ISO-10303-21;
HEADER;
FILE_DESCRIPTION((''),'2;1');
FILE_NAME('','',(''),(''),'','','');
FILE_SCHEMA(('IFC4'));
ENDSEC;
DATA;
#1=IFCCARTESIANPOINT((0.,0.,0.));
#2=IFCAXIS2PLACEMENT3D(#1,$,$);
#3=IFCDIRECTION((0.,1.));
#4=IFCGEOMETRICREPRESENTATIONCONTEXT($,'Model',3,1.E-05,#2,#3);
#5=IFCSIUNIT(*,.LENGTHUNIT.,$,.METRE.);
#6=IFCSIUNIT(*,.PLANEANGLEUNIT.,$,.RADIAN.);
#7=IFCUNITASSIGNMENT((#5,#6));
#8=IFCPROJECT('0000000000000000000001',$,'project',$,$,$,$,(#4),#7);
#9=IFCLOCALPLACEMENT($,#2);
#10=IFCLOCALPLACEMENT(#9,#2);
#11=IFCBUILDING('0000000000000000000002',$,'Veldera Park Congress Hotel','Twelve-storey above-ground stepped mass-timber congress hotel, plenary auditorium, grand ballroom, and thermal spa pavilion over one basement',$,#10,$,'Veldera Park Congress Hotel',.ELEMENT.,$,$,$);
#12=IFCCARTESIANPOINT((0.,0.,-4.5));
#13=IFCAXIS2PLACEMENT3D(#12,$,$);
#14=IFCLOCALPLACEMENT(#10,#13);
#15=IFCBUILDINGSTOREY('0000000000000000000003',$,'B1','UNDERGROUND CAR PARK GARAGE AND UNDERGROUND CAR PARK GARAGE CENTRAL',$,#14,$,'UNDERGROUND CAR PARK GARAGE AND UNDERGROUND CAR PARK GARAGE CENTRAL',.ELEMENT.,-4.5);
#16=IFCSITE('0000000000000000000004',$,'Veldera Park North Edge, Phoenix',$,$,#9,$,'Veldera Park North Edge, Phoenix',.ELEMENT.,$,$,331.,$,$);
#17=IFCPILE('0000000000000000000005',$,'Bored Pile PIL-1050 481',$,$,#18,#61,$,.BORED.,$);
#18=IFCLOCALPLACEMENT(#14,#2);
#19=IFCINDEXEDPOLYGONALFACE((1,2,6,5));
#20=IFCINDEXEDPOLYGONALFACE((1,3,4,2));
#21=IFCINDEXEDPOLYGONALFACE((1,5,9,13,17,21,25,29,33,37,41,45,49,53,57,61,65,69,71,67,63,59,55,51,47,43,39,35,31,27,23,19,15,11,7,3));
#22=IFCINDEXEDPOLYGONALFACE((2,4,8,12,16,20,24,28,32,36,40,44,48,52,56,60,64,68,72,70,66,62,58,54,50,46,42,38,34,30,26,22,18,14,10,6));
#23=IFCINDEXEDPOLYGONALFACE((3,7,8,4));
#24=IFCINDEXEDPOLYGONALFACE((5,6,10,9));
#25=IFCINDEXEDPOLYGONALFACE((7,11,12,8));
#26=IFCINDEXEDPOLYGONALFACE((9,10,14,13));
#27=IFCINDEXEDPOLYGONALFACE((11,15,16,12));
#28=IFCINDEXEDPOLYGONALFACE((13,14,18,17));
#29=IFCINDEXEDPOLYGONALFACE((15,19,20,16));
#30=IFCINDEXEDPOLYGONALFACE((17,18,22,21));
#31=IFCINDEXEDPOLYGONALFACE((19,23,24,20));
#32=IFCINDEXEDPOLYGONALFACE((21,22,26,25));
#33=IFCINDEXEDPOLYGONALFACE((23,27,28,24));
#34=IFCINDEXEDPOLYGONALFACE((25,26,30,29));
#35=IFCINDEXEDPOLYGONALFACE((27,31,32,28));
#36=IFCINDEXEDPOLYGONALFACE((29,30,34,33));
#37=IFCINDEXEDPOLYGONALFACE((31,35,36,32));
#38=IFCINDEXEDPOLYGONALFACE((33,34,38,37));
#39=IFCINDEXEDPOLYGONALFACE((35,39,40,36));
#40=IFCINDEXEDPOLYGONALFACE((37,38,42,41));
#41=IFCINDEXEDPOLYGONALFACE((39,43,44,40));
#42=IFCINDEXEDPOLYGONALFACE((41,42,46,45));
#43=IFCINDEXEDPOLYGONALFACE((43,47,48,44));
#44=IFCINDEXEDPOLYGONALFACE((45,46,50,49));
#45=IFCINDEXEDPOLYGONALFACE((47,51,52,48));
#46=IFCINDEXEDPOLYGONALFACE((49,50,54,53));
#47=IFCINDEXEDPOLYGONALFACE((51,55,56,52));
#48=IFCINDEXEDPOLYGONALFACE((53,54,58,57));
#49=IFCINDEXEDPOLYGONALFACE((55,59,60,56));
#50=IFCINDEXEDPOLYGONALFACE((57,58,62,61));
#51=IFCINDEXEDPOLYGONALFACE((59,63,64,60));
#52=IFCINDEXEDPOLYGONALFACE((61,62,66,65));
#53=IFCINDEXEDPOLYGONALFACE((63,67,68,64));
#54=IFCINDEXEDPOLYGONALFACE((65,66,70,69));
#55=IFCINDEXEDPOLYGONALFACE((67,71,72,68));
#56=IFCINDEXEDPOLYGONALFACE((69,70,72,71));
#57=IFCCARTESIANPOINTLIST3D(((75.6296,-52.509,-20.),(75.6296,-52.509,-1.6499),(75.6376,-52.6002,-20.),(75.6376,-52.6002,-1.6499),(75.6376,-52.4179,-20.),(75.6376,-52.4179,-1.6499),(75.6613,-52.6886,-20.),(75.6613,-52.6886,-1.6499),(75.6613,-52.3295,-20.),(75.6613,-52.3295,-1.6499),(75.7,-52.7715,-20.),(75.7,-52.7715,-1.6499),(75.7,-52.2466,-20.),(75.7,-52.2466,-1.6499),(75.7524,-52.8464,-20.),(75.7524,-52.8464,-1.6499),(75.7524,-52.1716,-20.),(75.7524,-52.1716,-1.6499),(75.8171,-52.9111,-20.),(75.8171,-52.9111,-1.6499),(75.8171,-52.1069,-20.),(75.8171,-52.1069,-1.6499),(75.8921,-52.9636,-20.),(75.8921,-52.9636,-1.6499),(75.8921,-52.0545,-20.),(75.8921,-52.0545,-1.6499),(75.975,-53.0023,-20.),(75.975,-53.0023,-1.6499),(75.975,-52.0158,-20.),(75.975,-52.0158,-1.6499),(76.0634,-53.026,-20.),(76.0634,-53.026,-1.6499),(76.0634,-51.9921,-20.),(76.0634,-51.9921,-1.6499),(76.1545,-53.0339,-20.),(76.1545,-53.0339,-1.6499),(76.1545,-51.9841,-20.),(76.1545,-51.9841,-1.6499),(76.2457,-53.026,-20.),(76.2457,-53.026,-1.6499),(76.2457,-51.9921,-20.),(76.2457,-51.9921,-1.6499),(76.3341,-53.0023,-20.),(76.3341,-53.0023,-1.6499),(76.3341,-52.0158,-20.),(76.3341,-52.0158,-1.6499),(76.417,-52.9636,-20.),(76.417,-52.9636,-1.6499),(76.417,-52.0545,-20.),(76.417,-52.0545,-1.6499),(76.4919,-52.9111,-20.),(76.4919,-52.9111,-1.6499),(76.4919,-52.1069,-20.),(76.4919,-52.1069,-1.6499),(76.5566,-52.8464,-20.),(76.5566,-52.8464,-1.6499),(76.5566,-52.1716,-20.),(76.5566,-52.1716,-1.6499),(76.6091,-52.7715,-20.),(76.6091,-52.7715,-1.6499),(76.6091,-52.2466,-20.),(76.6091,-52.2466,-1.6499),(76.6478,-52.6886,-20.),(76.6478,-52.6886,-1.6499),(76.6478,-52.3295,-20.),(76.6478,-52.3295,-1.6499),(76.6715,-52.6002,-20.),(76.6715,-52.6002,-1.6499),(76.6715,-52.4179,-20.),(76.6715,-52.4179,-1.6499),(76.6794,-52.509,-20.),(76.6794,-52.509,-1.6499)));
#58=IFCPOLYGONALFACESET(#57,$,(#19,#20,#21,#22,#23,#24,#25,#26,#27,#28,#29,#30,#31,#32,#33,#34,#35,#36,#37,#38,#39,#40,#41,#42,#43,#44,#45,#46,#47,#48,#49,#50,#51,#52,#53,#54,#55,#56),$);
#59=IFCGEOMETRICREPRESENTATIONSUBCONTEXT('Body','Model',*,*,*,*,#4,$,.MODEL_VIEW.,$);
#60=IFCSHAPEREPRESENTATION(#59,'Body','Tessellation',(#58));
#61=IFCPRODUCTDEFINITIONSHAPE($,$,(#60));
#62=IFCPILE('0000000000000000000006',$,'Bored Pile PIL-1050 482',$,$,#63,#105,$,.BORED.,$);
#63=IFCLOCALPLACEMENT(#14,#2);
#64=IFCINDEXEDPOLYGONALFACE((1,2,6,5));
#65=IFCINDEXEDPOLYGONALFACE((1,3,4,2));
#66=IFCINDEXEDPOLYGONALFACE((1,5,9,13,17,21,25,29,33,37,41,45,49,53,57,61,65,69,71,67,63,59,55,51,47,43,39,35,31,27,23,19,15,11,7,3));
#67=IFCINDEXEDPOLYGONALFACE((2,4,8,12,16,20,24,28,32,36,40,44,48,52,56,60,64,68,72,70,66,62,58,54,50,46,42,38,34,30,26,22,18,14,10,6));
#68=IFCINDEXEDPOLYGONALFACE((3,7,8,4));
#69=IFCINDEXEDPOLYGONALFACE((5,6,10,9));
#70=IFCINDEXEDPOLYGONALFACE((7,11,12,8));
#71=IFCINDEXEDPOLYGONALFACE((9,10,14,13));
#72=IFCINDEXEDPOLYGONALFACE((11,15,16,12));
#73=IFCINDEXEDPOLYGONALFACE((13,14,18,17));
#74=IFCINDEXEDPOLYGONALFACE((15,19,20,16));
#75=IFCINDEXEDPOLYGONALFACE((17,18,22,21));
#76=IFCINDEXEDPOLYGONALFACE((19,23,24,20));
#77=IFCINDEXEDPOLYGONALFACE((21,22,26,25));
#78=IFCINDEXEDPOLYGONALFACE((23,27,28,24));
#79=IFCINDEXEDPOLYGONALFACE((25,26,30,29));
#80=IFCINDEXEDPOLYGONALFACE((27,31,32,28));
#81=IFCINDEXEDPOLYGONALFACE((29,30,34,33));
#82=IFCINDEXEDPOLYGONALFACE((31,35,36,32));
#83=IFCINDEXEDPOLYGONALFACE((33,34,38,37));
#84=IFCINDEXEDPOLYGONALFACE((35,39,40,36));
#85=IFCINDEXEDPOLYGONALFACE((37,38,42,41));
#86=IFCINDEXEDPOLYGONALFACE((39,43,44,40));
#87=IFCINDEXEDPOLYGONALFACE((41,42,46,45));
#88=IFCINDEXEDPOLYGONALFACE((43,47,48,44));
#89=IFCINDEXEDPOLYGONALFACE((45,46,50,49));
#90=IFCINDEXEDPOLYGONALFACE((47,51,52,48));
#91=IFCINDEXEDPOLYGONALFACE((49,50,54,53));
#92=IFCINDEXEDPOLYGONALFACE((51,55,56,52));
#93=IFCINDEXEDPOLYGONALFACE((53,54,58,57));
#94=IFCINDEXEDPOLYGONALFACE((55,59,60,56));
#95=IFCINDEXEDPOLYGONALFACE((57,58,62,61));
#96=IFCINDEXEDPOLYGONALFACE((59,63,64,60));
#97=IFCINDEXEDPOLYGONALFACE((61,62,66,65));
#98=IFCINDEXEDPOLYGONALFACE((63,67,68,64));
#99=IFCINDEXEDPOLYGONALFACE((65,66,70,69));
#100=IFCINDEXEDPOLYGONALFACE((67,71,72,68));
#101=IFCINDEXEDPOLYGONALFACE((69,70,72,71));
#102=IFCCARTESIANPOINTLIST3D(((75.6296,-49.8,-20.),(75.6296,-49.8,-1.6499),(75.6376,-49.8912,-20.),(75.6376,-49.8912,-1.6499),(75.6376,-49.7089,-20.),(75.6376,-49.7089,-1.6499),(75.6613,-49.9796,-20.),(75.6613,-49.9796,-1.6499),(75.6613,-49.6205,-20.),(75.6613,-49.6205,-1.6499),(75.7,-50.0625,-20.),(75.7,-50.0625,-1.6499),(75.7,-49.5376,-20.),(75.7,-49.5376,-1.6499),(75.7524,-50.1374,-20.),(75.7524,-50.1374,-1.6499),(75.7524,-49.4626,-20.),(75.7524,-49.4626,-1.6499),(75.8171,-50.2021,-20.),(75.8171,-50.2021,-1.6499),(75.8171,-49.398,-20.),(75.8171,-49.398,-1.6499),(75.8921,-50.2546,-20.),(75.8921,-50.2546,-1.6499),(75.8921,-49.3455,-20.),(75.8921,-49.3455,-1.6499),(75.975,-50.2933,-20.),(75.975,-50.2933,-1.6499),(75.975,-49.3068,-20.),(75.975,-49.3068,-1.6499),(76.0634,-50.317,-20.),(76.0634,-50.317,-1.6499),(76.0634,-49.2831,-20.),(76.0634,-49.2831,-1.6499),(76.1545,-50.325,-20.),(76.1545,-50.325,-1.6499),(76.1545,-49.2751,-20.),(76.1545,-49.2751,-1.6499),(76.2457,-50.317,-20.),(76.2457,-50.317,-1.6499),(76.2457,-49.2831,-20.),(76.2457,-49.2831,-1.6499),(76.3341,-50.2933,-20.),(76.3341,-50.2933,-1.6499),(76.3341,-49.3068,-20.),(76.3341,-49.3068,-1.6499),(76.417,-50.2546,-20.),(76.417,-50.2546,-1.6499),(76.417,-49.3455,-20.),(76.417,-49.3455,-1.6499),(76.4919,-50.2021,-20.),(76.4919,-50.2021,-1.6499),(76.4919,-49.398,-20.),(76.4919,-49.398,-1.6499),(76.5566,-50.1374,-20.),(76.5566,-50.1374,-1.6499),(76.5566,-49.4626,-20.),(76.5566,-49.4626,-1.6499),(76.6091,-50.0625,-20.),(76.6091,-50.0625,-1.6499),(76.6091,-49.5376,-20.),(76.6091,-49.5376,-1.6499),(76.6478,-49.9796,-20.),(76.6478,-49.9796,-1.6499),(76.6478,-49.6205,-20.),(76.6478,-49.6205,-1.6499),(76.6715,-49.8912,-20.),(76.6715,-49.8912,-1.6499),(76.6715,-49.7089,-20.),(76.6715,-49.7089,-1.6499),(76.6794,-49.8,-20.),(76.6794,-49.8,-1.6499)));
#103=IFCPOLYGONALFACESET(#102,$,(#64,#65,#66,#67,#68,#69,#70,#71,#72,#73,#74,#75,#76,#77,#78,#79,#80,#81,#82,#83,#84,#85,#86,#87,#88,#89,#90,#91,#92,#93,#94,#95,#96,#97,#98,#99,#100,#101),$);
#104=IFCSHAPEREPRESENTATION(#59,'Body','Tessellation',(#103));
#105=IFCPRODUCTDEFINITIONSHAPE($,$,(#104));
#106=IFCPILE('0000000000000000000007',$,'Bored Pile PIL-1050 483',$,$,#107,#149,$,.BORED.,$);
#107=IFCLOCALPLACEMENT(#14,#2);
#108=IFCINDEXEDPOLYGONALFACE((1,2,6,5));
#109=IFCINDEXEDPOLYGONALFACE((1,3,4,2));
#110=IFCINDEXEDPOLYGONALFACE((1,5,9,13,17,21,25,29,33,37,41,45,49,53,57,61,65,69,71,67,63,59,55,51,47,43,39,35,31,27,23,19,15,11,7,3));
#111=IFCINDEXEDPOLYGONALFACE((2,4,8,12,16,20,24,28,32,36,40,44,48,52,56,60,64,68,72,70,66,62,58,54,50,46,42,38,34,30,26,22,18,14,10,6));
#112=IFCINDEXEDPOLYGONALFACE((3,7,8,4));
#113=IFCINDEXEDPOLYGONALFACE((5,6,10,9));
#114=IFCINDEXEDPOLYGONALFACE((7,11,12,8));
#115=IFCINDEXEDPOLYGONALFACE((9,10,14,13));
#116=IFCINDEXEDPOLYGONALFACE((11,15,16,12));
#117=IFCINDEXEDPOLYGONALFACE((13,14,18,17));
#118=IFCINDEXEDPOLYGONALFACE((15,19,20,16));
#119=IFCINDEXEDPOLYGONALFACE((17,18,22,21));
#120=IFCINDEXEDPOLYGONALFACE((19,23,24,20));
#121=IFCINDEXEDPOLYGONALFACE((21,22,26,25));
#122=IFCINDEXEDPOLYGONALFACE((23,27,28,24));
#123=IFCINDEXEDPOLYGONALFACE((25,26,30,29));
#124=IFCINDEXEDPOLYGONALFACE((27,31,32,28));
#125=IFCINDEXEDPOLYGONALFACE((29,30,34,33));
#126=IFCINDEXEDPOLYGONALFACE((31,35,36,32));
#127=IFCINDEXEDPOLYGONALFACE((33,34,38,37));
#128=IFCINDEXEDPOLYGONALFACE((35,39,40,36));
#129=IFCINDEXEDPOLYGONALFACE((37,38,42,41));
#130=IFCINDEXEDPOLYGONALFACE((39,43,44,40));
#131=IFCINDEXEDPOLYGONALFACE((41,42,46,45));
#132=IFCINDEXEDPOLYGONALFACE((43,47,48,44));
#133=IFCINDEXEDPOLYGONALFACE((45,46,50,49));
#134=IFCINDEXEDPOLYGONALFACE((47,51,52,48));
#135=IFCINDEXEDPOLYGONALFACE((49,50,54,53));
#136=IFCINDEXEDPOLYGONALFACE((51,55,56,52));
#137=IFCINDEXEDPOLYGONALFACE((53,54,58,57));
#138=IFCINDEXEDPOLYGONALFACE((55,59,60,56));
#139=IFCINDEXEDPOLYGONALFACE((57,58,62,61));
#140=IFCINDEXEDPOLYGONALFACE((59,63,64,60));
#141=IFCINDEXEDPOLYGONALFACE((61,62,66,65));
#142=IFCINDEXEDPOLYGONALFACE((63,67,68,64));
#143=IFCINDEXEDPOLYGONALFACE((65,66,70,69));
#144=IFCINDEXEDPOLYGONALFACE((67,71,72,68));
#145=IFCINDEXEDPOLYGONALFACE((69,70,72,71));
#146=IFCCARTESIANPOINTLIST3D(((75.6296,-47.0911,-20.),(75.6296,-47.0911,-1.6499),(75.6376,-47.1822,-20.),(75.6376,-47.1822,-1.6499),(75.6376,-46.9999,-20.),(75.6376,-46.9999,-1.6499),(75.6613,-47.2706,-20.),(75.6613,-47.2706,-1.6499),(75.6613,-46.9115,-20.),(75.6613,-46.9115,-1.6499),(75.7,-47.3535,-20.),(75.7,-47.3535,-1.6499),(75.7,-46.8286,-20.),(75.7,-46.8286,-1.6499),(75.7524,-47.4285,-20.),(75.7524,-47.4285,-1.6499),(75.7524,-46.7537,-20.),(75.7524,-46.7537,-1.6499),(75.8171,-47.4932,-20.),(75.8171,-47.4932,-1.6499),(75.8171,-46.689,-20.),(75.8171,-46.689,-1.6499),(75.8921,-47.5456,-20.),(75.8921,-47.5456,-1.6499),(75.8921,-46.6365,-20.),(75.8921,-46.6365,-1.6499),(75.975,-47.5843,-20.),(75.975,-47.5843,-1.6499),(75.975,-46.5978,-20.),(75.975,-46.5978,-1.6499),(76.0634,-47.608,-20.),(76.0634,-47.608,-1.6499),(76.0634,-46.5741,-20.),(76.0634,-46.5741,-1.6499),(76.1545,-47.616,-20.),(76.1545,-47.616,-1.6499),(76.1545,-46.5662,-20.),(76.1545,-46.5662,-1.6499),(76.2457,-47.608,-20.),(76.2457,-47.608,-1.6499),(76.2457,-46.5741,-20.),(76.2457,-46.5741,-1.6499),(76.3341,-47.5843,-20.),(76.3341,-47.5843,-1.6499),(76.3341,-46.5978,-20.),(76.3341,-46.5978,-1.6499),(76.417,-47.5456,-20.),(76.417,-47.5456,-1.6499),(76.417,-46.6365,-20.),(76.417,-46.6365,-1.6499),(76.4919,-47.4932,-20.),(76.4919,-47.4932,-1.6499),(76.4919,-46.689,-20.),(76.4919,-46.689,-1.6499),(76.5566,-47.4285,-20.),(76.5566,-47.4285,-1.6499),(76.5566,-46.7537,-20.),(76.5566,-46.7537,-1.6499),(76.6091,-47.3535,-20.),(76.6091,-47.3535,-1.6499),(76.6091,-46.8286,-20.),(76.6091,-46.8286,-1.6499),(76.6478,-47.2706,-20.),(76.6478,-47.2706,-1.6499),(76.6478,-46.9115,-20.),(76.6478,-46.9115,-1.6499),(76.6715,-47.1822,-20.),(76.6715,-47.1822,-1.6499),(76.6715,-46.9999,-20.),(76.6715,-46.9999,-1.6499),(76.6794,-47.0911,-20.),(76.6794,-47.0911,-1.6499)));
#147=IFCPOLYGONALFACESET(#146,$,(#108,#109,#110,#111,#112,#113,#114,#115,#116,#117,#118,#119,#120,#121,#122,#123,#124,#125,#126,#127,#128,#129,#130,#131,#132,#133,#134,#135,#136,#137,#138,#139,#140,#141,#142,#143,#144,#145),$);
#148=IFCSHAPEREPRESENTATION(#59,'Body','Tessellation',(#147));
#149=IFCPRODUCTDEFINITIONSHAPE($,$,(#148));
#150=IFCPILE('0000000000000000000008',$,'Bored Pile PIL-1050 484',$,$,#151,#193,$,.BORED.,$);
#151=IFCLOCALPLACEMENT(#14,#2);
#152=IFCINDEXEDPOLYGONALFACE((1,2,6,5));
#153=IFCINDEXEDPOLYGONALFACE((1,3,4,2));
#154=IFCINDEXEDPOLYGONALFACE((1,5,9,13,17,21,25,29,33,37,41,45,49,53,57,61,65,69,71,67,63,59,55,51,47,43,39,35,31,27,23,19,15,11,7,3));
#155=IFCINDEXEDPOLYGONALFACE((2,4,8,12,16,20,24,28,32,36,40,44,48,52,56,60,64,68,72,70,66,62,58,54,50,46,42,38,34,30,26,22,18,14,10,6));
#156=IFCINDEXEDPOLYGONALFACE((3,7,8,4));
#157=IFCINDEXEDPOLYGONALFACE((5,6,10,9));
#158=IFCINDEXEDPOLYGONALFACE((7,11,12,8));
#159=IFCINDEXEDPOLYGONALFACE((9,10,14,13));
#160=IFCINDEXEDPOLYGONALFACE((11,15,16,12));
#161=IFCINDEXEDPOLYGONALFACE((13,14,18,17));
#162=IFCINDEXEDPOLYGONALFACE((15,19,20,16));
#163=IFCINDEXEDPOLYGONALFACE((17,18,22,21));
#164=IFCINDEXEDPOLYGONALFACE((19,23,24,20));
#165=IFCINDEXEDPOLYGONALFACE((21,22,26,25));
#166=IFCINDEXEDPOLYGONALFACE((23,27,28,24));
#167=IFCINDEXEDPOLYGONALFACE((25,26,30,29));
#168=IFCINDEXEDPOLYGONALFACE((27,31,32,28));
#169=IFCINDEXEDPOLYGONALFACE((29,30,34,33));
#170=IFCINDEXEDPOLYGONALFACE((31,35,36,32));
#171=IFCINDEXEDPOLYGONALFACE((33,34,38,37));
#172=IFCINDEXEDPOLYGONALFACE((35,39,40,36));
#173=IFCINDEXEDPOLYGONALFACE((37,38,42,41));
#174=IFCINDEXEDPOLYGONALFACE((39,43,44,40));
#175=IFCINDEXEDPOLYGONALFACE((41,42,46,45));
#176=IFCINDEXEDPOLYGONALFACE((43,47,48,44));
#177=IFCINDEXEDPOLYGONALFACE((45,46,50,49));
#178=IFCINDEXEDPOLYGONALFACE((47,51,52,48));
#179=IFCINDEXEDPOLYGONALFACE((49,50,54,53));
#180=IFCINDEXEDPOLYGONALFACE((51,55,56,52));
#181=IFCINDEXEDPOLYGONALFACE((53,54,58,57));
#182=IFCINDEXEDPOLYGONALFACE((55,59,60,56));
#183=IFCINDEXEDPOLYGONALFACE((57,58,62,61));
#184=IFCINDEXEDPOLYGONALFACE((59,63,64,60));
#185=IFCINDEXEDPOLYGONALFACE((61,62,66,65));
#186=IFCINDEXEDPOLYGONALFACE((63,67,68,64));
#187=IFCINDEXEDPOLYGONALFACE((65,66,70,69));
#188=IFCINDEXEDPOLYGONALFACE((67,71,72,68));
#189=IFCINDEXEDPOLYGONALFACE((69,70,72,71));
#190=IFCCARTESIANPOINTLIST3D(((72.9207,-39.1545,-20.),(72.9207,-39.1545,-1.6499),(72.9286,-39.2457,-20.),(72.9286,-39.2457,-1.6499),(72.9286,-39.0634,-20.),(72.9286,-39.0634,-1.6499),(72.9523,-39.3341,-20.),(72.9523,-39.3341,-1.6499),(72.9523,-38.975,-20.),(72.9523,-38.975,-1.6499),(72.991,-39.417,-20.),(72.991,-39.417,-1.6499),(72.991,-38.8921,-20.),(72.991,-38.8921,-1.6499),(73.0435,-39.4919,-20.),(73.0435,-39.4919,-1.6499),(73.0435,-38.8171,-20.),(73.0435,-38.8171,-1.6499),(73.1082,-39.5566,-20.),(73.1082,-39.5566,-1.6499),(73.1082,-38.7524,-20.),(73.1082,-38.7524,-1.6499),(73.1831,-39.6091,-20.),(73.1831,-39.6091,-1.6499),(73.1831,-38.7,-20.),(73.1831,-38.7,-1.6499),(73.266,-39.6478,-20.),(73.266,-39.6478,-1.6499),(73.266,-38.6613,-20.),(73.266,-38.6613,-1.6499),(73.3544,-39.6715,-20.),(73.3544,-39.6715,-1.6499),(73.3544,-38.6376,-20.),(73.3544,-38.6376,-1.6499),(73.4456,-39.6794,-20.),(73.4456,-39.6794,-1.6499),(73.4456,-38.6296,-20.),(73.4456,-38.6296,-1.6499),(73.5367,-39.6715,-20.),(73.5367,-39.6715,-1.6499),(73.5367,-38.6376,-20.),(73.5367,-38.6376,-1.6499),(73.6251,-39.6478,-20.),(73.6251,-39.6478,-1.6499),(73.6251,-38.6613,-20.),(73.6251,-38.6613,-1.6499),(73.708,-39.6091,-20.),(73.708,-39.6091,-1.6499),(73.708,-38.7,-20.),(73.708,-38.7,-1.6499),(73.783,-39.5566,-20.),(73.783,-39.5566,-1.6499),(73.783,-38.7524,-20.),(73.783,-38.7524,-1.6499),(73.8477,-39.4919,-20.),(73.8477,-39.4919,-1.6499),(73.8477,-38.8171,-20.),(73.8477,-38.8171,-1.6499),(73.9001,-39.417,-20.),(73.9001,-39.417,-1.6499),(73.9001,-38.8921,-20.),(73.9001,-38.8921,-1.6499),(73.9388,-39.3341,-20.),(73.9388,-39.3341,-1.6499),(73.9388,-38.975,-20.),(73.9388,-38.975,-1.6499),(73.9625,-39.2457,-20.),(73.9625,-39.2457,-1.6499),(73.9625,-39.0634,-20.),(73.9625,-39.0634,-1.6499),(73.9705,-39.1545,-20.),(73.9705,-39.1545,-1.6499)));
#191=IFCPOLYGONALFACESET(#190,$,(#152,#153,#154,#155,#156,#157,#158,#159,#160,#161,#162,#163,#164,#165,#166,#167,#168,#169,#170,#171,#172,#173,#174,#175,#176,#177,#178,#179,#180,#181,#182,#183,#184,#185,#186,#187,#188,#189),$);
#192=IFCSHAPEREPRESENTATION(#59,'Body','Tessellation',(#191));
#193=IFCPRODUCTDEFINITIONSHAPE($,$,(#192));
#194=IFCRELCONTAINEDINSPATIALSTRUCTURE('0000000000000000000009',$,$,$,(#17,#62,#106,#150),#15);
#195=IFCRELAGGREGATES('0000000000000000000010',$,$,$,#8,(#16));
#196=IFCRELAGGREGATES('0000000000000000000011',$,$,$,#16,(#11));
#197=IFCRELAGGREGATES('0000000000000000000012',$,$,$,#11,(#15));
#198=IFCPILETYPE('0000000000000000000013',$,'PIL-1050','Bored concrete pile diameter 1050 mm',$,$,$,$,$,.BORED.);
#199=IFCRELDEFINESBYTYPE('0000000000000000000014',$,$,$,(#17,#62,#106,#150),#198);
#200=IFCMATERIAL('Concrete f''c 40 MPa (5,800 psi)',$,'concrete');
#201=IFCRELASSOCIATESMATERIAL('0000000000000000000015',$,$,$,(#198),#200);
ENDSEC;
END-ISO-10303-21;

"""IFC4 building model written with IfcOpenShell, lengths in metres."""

from ifc_helpers import new_model, si_unit, direction, frame, origin, origin_2d, place, context, subcontext, project, spatial, circle, extrude, material, material_profile, profile_set, type_object, element, save


model = new_model("IFC4")

# Units and contexts
model_context = context("Model", 3, precision=1e-05, world=origin(), true_north=direction((0.0, 1.0)))
body_context = subcontext(model_context, "Body", "Model", "MODEL_VIEW")
ifc_project = project(units=[si_unit("LENGTHUNIT", "METRE"), si_unit("PLANEANGLEUNIT", "RADIAN")], contexts=[model_context])

# Site, building, storey
site_placement = place(None, origin())
site = spatial("IfcSite", under=ifc_project, at=site_placement, Name="Veldera Park North Edge, Phoenix", LongName="Veldera Park North Edge, Phoenix", CompositionType="ELEMENT", RefElevation=331.0)
building_placement = place(site_placement, origin())
building = spatial("IfcBuilding", under=site, at=building_placement, Name="Veldera Park Congress Hotel", Description="Twelve-storey above-ground stepped mass-timber congress hotel, plenary auditorium, grand ballroom, and thermal spa pavilion over one basement", LongName="Veldera Park Congress Hotel", CompositionType="ELEMENT")
storey_placement = place(building_placement, frame((0.0, 0.0, -4.5)))
storey = spatial("IfcBuildingStorey", under=building, at=storey_placement, Name="B1", Description="UNDERGROUND CAR PARK GARAGE AND UNDERGROUND CAR PARK GARAGE CENTRAL", LongName="UNDERGROUND CAR PARK GARAGE AND UNDERGROUND CAR PARK GARAGE CENTRAL", CompositionType="ELEMENT", Elevation=-4.5)

# Shared definitions
ifc_material_1 = material(Name="Concrete f'c 40 MPa (5,800 psi)", Category="concrete")

# Piles
ifc_material_profile_1 = material_profile(ifc_material_1, circle(Radius=0.5249, at=origin_2d()), Name="PILE D1050")
ifc_profile_set_1 = profile_set([ifc_material_profile_1], Name="Concrete f'c 40 MPa (5,800 psi)")
pile_type = type_object("IfcPileType", Name="PIL-1050", Description="Bored concrete pile diameter 1050 mm", PredefinedType="BORED", material=ifc_profile_set_1)
for number, where, z_axis, x_axis, name in (
    (1, (76.1545, -52.509, -1.6499), (0.0, 0.0, -1.0), (1.0, 0.0, 0.0), "Bored Pile PIL-1050 481"),
    (2, (76.1545, -49.8, -1.6499), (0.0, 0.0, -1.0), (1.0, 0.0, 0.0), "Bored Pile PIL-1050 482"),
    (3, (76.1545, -47.0911, -1.6499), (0.0, 0.0, -1.0), (1.0, 0.0, 0.0), "Bored Pile PIL-1050 483"),
    (4, (73.4456, -39.1545, -1.6499), (0.0, 0.0, -1.0), (1.0, 0.0, 0.0), "Bored Pile PIL-1050 484"),
):
    element("IfcPile", number, at=place(storey_placement, frame(where, z_axis=z_axis, x_axis=x_axis)), inside=storey, type_object=pile_type, Name=name, PredefinedType="BORED", context=body_context, shape_type="SweptSolid", body=[
        extrude(circle(Radius=0.5249, at=origin_2d()), origin(), (0.0, 0.0, 1.0), 18.3501),
    ])

save(model, "model.ifc")
